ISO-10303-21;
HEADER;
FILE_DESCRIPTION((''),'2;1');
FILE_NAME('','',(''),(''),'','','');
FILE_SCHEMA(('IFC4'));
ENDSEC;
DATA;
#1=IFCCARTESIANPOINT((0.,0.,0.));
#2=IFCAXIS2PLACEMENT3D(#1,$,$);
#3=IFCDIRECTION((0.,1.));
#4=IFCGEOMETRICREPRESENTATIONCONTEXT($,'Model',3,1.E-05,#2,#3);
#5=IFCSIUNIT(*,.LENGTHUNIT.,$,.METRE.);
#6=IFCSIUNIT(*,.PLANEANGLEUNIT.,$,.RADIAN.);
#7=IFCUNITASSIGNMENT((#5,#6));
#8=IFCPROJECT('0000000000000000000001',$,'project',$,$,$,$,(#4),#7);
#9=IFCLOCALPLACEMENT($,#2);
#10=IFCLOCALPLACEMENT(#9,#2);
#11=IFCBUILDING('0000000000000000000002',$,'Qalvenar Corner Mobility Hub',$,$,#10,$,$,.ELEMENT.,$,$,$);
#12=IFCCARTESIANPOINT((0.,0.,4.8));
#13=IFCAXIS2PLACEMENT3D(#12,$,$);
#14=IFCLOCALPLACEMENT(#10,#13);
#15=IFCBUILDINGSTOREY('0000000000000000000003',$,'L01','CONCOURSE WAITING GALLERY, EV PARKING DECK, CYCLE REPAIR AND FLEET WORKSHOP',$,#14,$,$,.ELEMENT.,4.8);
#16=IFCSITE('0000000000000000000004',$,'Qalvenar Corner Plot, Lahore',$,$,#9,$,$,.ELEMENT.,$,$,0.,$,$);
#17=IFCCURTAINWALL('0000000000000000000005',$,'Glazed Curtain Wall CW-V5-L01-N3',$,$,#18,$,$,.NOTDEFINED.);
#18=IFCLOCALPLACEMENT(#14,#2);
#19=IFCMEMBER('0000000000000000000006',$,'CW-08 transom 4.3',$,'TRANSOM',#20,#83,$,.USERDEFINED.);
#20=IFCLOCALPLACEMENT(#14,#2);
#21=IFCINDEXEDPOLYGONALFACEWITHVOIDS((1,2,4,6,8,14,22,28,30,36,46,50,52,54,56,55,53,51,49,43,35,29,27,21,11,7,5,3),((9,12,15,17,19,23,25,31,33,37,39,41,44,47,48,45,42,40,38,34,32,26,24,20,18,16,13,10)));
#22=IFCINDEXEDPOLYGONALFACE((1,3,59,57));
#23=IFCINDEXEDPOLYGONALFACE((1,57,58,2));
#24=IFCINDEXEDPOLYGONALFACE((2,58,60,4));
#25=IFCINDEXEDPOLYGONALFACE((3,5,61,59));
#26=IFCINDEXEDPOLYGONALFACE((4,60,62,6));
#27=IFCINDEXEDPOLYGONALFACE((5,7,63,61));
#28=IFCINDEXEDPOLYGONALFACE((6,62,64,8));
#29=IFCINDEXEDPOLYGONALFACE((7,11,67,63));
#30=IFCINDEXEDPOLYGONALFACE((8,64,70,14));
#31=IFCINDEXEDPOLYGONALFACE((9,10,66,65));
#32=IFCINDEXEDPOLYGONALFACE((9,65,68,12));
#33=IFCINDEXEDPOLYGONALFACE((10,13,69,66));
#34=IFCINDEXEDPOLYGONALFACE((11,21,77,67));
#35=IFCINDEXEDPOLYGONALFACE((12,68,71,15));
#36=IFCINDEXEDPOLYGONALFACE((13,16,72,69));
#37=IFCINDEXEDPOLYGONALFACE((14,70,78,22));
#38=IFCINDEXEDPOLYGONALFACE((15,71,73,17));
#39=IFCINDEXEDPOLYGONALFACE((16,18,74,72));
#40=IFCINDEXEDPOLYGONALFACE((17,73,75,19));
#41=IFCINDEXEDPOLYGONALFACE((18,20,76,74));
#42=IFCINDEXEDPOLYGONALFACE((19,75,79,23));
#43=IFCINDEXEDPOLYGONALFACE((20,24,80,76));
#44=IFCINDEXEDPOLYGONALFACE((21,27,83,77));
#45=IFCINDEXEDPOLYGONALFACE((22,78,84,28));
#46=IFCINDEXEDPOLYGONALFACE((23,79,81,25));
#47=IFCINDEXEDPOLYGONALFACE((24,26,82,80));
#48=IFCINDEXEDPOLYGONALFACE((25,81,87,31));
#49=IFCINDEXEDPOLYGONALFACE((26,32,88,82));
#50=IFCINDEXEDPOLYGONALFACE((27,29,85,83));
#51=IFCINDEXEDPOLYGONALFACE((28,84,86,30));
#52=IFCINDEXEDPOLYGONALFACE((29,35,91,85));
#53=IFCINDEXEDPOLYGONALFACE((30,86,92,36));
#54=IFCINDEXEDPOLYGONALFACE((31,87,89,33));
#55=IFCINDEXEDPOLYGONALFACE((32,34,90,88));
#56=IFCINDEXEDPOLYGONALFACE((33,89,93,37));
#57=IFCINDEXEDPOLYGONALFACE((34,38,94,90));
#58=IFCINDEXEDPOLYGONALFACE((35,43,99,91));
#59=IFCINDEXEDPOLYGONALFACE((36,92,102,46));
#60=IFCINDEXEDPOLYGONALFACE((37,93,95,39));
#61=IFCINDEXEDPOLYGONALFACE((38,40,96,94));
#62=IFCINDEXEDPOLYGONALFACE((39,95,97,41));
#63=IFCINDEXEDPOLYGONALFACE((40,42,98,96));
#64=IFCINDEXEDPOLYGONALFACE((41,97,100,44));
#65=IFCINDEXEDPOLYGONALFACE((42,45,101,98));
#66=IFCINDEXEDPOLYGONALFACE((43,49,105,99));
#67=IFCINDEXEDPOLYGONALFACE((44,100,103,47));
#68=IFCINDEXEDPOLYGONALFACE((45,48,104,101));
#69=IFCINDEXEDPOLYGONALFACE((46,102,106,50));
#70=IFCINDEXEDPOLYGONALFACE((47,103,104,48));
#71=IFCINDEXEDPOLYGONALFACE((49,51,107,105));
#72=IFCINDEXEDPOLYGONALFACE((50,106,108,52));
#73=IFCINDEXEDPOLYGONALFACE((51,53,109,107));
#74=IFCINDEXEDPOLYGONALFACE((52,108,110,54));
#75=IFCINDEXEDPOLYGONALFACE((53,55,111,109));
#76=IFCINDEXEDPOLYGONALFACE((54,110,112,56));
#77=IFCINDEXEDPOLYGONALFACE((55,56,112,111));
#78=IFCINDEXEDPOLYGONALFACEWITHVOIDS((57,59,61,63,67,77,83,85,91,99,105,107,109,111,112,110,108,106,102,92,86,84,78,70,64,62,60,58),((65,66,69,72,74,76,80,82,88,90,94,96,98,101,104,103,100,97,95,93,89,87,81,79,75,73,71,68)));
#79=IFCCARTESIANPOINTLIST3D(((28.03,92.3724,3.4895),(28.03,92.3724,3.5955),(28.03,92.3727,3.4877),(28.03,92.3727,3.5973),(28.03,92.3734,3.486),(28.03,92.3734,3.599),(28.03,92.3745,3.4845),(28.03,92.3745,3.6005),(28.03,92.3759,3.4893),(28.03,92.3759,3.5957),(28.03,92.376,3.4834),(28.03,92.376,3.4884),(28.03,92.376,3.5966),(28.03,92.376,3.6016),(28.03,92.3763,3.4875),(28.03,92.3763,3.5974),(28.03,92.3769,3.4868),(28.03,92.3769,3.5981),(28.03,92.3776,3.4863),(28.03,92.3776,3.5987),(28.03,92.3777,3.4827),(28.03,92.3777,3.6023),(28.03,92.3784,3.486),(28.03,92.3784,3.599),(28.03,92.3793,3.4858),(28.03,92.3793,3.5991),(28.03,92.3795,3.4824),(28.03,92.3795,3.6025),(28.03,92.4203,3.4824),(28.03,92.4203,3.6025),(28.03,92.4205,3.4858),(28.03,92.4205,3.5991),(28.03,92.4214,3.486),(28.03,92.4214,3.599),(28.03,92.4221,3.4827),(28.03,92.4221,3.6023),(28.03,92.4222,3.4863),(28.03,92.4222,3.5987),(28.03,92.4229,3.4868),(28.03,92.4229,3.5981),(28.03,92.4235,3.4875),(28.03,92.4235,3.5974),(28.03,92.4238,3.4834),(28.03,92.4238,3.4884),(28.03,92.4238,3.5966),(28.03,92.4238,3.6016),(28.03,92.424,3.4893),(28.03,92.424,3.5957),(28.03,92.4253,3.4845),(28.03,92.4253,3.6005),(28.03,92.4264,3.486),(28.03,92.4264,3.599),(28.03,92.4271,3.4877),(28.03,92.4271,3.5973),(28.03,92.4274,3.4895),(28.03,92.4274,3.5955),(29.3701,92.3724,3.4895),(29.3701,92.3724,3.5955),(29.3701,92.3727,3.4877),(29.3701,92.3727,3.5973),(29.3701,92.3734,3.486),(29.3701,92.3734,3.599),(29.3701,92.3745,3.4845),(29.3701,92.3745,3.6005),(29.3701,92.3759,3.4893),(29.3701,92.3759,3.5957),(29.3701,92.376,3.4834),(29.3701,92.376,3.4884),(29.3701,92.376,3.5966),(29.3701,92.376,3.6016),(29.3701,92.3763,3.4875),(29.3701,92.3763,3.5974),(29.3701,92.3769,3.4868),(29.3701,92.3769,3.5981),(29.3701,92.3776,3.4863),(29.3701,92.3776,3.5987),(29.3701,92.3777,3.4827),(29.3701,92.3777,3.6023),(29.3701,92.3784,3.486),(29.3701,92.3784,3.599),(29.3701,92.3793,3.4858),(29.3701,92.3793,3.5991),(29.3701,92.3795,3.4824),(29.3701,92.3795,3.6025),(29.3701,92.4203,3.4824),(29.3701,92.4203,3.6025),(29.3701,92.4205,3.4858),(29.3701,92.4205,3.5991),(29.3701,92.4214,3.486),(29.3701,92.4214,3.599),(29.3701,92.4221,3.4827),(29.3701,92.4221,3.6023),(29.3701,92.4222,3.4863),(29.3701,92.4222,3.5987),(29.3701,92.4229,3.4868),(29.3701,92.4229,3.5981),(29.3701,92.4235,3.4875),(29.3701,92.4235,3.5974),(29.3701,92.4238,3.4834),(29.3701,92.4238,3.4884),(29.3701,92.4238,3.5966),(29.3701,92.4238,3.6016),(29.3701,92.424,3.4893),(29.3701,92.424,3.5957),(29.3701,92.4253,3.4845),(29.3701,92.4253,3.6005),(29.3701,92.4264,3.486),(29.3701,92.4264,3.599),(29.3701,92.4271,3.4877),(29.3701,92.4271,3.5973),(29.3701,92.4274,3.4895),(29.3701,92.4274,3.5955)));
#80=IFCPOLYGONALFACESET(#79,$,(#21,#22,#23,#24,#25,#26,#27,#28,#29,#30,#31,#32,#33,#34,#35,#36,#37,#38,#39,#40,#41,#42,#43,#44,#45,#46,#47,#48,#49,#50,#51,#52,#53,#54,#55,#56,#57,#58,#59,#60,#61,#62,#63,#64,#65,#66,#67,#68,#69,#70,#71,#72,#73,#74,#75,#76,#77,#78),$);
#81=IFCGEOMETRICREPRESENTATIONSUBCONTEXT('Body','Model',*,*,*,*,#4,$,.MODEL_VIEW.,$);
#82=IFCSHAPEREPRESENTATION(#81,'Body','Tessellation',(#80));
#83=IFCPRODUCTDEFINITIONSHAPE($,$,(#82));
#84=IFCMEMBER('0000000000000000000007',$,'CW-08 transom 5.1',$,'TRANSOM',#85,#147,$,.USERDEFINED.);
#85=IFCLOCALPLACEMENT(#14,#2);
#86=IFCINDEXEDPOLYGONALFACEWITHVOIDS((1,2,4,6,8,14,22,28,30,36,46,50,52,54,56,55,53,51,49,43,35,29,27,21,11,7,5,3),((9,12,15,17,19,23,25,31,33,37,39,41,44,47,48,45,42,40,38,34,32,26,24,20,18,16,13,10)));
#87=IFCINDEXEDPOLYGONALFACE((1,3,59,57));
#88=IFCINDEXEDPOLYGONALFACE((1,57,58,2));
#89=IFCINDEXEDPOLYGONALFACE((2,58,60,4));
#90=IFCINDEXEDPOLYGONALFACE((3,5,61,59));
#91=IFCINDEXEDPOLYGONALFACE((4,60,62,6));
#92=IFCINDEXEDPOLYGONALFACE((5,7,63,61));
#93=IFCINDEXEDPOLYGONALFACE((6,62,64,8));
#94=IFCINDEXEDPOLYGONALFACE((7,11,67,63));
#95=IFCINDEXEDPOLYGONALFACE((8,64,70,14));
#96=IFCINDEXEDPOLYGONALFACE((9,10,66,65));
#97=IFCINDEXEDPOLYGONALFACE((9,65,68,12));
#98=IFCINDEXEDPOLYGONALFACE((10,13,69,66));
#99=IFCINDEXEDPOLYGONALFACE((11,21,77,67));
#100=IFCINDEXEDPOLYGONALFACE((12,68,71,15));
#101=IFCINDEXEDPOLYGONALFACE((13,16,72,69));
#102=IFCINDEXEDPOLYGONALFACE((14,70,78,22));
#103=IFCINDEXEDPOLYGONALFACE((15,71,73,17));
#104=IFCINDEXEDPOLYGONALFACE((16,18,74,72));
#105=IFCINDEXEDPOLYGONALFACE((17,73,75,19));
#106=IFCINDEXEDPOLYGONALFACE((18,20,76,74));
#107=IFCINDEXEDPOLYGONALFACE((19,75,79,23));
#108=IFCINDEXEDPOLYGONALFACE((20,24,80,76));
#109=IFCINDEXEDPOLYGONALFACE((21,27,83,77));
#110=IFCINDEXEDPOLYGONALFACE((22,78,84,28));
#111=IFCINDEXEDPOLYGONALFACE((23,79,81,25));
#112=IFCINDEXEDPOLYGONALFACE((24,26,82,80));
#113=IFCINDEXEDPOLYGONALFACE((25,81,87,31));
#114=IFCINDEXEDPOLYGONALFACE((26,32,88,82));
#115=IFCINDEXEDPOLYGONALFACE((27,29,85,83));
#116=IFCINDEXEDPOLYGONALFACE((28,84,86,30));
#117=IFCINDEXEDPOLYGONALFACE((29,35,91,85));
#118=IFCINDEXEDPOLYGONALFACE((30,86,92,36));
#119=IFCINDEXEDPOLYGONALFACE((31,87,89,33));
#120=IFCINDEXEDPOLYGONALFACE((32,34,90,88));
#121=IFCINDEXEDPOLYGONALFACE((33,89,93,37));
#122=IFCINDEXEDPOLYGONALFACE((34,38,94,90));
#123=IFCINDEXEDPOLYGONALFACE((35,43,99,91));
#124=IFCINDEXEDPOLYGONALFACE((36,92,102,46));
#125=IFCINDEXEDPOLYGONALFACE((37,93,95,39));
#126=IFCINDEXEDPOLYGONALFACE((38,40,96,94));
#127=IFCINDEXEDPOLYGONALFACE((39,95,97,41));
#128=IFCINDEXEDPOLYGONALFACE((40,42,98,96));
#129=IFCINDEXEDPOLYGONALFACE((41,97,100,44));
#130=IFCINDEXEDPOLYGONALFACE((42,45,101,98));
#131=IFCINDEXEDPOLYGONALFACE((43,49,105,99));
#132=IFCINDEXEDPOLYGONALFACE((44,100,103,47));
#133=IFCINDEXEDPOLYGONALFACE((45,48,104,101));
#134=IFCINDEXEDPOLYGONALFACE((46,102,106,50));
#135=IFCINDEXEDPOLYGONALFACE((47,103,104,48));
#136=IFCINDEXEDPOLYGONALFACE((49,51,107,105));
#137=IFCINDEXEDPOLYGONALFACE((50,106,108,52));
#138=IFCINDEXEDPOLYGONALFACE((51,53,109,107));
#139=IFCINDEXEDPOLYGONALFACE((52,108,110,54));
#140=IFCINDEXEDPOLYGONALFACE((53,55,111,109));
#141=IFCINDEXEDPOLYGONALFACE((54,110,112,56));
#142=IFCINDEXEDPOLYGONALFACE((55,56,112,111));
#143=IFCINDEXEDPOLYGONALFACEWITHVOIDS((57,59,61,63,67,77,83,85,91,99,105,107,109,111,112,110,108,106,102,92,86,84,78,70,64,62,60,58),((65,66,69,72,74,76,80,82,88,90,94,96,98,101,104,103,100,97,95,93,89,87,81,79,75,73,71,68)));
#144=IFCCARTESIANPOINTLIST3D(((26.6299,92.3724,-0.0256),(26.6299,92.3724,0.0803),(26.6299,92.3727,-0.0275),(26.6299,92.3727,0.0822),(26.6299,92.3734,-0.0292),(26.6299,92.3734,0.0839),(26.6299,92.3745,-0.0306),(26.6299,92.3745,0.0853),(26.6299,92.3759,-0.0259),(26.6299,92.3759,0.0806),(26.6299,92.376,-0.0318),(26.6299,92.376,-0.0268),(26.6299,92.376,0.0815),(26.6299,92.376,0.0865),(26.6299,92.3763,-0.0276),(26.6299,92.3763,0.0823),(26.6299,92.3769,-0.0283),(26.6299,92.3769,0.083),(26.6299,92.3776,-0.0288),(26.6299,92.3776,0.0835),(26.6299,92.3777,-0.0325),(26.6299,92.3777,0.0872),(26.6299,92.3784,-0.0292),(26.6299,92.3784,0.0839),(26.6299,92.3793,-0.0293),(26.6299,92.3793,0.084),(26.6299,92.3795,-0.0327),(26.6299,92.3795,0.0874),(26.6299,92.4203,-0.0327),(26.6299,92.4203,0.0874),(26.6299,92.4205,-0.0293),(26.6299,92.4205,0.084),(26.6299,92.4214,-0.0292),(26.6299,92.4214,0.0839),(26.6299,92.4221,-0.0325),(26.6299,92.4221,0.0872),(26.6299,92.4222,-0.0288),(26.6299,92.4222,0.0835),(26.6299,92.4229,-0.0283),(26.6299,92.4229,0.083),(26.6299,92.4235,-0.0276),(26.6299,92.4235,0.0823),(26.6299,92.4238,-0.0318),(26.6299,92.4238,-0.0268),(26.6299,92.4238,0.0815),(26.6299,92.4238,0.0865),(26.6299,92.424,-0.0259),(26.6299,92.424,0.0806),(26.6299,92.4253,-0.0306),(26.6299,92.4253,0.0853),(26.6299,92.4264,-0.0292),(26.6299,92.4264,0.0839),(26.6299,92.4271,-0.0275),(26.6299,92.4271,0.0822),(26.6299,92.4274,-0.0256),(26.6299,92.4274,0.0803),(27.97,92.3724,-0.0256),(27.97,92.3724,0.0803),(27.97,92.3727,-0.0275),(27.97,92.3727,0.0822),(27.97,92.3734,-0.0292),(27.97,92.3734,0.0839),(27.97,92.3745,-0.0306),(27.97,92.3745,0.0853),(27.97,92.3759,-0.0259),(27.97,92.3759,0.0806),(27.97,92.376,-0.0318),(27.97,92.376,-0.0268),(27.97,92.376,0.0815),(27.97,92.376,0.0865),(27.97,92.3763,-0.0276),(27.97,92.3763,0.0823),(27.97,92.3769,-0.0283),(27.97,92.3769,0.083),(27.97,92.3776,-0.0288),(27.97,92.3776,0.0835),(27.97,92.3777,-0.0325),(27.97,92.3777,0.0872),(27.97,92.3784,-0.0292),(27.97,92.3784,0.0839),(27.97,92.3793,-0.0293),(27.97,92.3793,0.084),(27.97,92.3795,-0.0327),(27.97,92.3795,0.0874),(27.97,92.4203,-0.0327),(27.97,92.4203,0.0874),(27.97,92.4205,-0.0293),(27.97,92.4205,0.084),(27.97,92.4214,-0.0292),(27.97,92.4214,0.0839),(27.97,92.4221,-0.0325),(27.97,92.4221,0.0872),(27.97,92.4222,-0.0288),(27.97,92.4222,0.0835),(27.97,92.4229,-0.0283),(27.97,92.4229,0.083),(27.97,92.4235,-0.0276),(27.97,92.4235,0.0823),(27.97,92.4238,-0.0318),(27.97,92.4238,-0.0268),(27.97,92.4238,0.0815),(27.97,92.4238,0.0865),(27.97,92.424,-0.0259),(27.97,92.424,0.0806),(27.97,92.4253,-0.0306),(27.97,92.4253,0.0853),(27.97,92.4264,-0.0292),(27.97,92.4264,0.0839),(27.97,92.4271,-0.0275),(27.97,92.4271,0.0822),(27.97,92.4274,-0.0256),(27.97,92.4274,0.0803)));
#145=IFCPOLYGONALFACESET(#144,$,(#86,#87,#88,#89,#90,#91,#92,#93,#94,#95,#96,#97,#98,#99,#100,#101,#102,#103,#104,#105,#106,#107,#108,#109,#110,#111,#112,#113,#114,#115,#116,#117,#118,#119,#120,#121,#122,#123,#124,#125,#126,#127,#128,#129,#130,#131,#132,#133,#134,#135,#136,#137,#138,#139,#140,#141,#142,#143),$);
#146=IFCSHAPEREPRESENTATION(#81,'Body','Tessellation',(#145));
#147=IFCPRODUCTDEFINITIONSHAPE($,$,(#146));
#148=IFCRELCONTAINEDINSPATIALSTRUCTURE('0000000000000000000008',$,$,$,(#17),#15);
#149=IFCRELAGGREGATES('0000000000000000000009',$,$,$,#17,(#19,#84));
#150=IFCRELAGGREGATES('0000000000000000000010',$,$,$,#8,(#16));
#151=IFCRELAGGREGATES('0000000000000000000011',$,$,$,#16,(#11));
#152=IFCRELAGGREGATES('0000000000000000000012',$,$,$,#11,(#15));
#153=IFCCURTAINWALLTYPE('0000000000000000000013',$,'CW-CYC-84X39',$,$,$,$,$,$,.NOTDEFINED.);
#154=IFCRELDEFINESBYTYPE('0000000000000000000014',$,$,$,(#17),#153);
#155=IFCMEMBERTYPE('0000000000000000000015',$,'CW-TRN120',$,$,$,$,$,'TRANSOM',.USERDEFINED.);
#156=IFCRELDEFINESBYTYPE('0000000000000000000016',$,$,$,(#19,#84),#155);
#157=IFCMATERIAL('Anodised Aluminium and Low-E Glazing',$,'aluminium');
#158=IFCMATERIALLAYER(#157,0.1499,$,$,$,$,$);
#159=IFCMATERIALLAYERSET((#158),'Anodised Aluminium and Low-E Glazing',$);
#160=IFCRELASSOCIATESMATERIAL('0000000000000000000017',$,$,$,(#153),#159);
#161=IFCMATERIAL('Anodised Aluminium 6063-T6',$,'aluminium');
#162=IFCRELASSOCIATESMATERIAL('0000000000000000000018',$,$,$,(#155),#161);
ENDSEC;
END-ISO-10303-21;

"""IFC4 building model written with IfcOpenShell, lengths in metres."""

from ifc_helpers import new_model, si_unit, direction, frame, origin, origin_2d, place, context, subcontext, project, spatial, hollow_rectangle, extrude, material, layer, layer_set, material_profile, profile_set, type_object, element, aggregate, save


model = new_model("IFC4")

# Units and contexts
model_context = context("Model", 3, precision=1e-05, world=origin(), true_north=direction((0.0, 1.0)))
body_context = subcontext(model_context, "Body", "Model", "MODEL_VIEW")
ifc_project = project(units=[si_unit("LENGTHUNIT", "METRE"), si_unit("PLANEANGLEUNIT", "RADIAN")], contexts=[model_context])

# Site, building, storey
site_placement = place(None, origin())
site = spatial("IfcSite", under=ifc_project, at=site_placement, Name="Qalvenar Corner Plot, Lahore", CompositionType="ELEMENT", RefElevation=0.0)
building_placement = place(site_placement, origin())
building = spatial("IfcBuilding", under=site, at=building_placement, Name="Qalvenar Corner Mobility Hub", CompositionType="ELEMENT")
storey_placement = place(building_placement, frame((0.0, 0.0, 4.8)))
storey = spatial("IfcBuildingStorey", under=building, at=storey_placement, Name="L01", Description="CONCOURSE WAITING GALLERY, EV PARKING DECK, CYCLE REPAIR AND FLEET WORKSHOP", CompositionType="ELEMENT", Elevation=4.8)

# Shared definitions
ifc_material_1 = material(Name="Anodised Aluminium and Low-E Glazing", Category="aluminium")
ifc_layer_1 = layer(ifc_material_1, 0.1499)
ifc_layer_set_1 = layer_set([ifc_layer_1], Name="Anodised Aluminium and Low-E Glazing")
curtain_wall_type = type_object("IfcCurtainWallType", Name="CW-CYC-84X39", PredefinedType="NOTDEFINED", material=ifc_layer_set_1)
ifc_material_2 = material(Name="Anodised Aluminium 6063-T6", Category="aluminium")

# Curtain wall
curtain_wall_1_placement = place(storey_placement, origin())
curtain_wall_1 = element("IfcCurtainWall", 1, at=curtain_wall_1_placement, inside=storey, type_object=curtain_wall_type, Name="Glazed Curtain Wall CW-V5-L01-N3", PredefinedType="NOTDEFINED")

# Members
ifc_material_profile_1 = material_profile(ifc_material_2, hollow_rectangle(XDim=0.0549, YDim=0.1201, WallThickness=0.0034, InnerFilletRadius=0.0034, OuterFilletRadius=0.0071, at=origin_2d()), Name="RHS120x55x3.5")
ifc_profile_set_1 = profile_set([ifc_material_profile_1], Name="Anodised Aluminium 6063-T6")
member_type_1 = type_object("IfcMemberType", Name="CW-TRN120", ElementType="TRANSOM", PredefinedType="USERDEFINED", material=ifc_profile_set_1)
member_1_placement = place(storey_placement, frame((29.3701, 92.3999, 3.5425), z_axis=(-1.0, 0.0, 0.0), x_axis=(0.0, -1.0, 0.0)))
member_1 = element("IfcMember", 2, at=member_1_placement, type_object=member_type_1, Name="CW-08 transom 4.3", ObjectType="TRANSOM", PredefinedType="USERDEFINED", context=body_context, shape_type="SweptSolid", body=[
    extrude(hollow_rectangle(XDim=0.0549, YDim=0.1201, WallThickness=0.0034, InnerFilletRadius=0.0034, OuterFilletRadius=0.0071, at=origin_2d()), origin(), (0.0, 0.0, 1.0), 1.3401),
])
member_2_placement = place(storey_placement, frame((27.97, 92.3999, 0.0273), z_axis=(-1.0, 0.0, 0.0), x_axis=(0.0, -1.0, 0.0)))
member_2 = element("IfcMember", 3, at=member_2_placement, type_object=member_type_1, Name="CW-08 transom 5.1", ObjectType="TRANSOM", PredefinedType="USERDEFINED", context=body_context, shape_type="SweptSolid", body=[
    extrude(hollow_rectangle(XDim=0.0549, YDim=0.1201, WallThickness=0.0034, InnerFilletRadius=0.0034, OuterFilletRadius=0.0071, at=origin_2d()), origin(), (0.0, 0.0, 1.0), 1.3401),
])

aggregate(curtain_wall_1, [member_1, member_2])

save(model, "model.ifc")
